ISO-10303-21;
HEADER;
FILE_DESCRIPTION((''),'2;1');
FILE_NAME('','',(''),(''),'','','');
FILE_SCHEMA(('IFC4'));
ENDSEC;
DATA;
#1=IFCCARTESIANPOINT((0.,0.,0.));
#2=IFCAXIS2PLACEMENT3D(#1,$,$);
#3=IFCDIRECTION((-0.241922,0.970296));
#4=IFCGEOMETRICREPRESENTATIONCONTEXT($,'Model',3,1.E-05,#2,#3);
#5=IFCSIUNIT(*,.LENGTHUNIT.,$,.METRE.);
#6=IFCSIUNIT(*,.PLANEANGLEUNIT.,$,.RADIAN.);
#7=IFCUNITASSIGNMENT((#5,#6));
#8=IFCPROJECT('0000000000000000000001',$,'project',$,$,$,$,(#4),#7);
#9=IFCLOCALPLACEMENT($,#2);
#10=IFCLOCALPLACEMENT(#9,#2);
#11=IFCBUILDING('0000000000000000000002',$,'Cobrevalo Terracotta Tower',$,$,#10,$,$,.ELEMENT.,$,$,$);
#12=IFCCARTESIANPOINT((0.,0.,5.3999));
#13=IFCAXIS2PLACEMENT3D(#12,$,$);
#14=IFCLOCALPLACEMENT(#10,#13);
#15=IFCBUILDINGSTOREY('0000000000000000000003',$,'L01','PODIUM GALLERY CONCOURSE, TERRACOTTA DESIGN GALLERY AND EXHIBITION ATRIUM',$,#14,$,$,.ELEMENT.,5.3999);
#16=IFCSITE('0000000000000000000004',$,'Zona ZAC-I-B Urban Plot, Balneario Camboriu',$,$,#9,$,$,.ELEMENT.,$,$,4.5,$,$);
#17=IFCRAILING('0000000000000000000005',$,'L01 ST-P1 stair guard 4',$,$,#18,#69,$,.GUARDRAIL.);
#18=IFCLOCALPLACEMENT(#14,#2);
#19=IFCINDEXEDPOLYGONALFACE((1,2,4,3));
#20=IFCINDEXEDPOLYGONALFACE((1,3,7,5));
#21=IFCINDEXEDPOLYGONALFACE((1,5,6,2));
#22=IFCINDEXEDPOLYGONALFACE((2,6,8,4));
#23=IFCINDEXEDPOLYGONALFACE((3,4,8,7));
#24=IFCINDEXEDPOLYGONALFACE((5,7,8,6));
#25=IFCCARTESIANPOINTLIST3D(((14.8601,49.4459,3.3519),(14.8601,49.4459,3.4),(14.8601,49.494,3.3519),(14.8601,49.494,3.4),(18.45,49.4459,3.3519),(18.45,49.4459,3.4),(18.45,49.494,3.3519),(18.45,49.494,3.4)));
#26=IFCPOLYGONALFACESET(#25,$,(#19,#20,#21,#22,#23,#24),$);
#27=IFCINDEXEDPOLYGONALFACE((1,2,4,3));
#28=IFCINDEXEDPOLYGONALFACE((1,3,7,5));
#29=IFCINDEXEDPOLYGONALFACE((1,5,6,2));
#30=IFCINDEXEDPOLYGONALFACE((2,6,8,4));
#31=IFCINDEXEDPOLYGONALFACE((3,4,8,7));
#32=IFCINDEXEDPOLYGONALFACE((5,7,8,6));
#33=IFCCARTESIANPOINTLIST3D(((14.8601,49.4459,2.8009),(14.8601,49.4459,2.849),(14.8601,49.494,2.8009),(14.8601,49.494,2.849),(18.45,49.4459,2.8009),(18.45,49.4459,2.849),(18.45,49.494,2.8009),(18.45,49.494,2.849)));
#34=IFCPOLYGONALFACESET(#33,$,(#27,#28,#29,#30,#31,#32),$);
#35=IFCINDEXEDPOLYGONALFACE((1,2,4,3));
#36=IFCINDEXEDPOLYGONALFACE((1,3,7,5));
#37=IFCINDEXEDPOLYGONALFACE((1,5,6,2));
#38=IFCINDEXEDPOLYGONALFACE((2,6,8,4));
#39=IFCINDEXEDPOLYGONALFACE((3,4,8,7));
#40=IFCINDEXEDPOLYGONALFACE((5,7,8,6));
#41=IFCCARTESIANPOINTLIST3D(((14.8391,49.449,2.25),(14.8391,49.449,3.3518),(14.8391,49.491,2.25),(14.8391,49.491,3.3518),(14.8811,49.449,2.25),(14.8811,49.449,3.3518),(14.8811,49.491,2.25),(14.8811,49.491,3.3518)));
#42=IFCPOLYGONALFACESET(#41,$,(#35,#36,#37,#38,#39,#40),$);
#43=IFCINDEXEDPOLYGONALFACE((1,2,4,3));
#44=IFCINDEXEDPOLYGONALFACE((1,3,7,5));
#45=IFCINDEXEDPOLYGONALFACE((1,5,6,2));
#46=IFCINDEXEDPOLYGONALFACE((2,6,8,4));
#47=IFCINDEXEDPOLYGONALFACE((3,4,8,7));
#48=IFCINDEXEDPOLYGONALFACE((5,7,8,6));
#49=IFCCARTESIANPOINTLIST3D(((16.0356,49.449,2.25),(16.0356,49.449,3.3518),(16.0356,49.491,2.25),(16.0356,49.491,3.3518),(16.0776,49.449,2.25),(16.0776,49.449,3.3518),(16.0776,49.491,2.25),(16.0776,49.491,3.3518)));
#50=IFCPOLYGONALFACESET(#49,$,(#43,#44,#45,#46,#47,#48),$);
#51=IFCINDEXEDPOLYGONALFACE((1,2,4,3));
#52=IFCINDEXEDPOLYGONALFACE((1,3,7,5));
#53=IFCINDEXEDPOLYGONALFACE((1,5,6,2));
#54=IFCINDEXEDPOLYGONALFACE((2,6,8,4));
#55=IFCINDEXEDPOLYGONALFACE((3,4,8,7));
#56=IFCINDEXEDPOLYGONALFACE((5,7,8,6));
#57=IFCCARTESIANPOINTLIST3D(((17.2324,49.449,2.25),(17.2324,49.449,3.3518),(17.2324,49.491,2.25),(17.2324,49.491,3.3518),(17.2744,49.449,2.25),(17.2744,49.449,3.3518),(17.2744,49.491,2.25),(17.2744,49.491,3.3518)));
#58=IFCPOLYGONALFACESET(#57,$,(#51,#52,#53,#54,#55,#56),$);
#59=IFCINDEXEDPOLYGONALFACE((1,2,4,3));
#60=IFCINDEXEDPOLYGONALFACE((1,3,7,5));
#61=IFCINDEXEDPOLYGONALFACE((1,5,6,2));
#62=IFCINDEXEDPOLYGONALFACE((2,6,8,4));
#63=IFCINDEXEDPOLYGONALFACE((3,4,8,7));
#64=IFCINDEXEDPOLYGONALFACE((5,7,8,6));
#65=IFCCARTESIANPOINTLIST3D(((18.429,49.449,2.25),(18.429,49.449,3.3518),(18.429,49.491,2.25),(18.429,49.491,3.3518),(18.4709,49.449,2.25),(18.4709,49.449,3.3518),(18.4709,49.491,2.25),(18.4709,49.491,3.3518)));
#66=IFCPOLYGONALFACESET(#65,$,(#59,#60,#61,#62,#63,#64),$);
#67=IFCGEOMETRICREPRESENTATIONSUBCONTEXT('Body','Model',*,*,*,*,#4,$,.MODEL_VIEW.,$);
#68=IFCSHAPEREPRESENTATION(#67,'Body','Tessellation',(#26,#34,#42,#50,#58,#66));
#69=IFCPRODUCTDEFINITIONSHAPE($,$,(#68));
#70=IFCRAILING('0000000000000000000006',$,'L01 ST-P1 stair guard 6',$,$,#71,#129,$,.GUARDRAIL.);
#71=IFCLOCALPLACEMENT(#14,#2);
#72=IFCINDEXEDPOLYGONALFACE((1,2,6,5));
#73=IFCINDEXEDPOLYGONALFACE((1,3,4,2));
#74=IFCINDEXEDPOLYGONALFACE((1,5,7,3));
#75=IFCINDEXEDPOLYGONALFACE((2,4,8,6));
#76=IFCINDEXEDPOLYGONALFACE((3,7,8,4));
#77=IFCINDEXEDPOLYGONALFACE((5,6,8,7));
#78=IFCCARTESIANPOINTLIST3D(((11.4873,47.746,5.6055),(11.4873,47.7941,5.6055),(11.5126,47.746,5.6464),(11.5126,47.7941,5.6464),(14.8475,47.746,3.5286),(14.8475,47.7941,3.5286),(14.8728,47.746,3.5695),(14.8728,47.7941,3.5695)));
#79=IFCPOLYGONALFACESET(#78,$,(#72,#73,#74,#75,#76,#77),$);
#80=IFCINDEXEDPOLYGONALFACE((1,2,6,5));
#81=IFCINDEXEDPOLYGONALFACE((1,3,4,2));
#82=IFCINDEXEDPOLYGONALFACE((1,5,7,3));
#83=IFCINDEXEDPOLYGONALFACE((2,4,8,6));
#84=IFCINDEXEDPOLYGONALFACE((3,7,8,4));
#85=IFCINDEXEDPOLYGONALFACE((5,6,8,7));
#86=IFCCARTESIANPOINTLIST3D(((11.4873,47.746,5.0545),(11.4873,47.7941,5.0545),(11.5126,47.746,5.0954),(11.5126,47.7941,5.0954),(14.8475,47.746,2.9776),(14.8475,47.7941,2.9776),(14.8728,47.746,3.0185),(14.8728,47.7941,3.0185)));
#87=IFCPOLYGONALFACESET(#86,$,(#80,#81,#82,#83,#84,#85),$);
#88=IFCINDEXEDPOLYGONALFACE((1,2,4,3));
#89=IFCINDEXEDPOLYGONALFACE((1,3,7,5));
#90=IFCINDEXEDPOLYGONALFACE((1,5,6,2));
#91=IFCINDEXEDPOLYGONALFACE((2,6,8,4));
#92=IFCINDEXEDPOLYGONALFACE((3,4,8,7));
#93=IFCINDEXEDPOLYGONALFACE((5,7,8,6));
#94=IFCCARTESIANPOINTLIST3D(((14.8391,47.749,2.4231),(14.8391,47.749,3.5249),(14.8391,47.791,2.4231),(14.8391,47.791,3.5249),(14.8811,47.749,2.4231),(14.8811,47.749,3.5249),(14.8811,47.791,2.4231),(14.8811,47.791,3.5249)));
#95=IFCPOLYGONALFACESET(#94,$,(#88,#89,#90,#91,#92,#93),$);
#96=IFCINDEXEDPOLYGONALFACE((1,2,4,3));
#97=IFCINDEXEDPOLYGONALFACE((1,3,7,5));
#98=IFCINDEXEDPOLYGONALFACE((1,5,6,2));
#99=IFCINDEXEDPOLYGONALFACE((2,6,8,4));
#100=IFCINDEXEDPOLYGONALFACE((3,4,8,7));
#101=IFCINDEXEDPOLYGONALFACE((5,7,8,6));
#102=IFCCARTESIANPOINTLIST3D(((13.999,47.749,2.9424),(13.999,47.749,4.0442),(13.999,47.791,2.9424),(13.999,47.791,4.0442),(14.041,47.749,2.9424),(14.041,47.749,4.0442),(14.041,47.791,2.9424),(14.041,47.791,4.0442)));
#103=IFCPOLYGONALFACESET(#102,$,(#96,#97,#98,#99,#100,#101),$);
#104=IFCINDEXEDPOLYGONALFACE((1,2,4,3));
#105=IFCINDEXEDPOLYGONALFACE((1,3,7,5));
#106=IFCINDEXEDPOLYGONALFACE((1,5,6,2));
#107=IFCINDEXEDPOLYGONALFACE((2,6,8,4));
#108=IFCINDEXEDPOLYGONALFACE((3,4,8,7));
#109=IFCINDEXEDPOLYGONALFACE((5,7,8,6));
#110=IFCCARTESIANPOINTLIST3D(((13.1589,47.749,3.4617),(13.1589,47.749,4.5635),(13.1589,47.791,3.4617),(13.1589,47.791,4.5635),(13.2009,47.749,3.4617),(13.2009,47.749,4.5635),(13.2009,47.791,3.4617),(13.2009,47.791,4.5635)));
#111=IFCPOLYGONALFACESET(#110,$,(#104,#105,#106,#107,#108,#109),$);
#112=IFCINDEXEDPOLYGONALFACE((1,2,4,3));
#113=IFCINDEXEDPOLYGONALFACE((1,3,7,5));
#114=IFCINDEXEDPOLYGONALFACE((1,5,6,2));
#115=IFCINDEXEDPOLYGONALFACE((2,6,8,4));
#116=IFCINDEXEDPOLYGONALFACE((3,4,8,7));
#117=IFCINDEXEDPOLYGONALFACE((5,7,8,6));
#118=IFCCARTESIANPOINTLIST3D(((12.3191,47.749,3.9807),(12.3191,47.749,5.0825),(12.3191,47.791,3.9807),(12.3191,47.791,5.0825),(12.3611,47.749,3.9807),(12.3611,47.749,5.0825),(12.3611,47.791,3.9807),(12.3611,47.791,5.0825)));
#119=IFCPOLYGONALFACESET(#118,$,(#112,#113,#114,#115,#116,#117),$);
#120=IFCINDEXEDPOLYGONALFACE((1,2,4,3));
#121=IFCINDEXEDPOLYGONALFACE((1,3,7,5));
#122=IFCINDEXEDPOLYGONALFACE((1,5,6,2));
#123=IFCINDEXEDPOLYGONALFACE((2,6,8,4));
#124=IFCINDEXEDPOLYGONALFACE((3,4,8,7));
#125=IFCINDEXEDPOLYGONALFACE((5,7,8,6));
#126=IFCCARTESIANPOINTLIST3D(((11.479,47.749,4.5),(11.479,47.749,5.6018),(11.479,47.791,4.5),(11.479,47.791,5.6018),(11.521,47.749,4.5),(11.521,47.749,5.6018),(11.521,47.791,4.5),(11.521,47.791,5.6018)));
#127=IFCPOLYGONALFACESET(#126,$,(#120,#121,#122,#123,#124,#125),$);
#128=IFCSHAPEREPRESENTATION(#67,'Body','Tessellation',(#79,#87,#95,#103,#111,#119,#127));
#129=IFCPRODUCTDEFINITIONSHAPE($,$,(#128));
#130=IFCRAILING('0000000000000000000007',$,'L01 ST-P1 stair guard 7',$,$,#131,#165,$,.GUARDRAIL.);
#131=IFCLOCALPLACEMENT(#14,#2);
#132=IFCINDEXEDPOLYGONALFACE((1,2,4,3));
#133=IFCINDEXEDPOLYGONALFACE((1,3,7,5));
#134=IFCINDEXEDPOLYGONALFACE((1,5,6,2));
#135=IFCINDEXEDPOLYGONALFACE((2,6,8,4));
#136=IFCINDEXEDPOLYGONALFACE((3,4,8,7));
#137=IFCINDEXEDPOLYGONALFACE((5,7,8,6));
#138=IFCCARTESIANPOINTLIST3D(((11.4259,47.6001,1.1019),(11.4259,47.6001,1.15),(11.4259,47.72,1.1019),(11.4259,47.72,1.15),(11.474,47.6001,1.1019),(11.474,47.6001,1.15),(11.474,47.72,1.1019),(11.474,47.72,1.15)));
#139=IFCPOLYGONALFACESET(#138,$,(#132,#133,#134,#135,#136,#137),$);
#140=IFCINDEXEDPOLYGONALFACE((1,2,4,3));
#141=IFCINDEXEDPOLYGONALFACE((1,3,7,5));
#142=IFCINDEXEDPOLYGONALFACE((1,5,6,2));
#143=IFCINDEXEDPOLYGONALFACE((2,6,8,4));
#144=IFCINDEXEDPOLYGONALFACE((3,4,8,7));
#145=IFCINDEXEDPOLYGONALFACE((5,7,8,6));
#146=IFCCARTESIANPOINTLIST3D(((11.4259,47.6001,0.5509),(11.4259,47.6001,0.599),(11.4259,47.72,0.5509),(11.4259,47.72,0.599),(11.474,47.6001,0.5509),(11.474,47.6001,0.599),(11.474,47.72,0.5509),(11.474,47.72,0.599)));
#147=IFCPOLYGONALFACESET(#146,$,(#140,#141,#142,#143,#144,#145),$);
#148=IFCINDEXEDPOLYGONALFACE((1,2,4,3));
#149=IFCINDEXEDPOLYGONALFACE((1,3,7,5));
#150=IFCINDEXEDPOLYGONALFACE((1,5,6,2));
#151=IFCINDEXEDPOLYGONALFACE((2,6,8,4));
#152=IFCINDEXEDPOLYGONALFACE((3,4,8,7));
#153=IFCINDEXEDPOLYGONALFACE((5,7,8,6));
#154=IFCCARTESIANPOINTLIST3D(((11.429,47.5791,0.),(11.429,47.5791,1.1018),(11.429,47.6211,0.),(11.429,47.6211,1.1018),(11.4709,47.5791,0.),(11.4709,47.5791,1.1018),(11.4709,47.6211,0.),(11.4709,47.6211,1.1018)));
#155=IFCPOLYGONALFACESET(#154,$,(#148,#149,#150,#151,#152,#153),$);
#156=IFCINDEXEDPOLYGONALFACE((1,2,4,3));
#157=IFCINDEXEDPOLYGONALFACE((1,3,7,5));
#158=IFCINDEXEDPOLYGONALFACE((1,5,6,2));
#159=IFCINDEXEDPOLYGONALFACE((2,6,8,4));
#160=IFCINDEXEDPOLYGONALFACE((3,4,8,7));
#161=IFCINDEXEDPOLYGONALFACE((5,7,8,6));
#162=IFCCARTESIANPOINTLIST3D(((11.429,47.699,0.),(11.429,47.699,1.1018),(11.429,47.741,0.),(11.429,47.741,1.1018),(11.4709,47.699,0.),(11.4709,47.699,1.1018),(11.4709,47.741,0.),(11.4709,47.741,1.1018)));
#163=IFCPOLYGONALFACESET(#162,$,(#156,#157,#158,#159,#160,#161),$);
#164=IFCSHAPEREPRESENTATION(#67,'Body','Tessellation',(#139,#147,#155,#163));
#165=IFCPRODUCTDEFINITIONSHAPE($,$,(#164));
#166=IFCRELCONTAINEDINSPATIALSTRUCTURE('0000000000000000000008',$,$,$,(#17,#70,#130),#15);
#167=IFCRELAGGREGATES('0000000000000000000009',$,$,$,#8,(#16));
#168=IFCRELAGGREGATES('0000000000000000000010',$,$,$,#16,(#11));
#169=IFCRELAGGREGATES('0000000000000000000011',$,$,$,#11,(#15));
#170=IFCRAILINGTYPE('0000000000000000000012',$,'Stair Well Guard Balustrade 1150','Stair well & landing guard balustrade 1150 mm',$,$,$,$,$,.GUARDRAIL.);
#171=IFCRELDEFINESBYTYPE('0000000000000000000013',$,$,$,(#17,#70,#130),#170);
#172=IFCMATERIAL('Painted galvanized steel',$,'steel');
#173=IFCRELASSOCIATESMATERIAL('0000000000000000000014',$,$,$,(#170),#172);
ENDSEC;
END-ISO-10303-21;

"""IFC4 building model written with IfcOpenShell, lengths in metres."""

from ifc_helpers import new_model, si_unit, direction, frame, origin, origin_2d, place, context, subcontext, project, spatial, rectangle, extrude, material, type_object, element, save


model = new_model("IFC4")

# Units and contexts
model_context = context("Model", 3, precision=1e-05, world=origin(), true_north=direction((-0.241922, 0.970296)))
body_context = subcontext(model_context, "Body", "Model", "MODEL_VIEW")
ifc_project = project(units=[si_unit("LENGTHUNIT", "METRE"), si_unit("PLANEANGLEUNIT", "RADIAN")], contexts=[model_context])

# Site, building, storey
site_placement = place(None, origin())
site = spatial("IfcSite", under=ifc_project, at=site_placement, Name="Zona ZAC-I-B Urban Plot, Balneario Camboriu", CompositionType="ELEMENT", RefElevation=4.5)
building_placement = place(site_placement, origin())
building = spatial("IfcBuilding", under=site, at=building_placement, Name="Cobrevalo Terracotta Tower", CompositionType="ELEMENT")
storey_placement = place(building_placement, frame((0.0, 0.0, 5.3999)))
storey = spatial("IfcBuildingStorey", under=building, at=storey_placement, Name="L01", Description="PODIUM GALLERY CONCOURSE, TERRACOTTA DESIGN GALLERY AND EXHIBITION ATRIUM", CompositionType="ELEMENT", Elevation=5.3999)

# Railings
ifc_material_1 = material(Name="Painted galvanized steel", Category="steel")
railing_type_1 = type_object("IfcRailingType", Name="Stair Well Guard Balustrade 1150", Description="Stair well & landing guard balustrade 1150 mm", PredefinedType="GUARDRAIL", material=ifc_material_1)
railing_1_placement = place(storey_placement, frame((14.8601, 49.47, 2.25)))
element("IfcRailing", 1, at=railing_1_placement, inside=storey, type_object=railing_type_1, Name="L01 ST-P1 stair guard 4", PredefinedType="GUARDRAIL", context=body_context, shape_type="SweptSolid", body=[
    extrude(rectangle(XDim=0.0481, YDim=0.0481, at=origin_2d()), frame((0.0, 0.0, 1.126), z_axis=(1.0, 0.0, 0.0), x_axis=(0.0, 1.0, 0.0)), (0.0, 0.0, 1.0), 3.5898),
    extrude(rectangle(XDim=0.0481, YDim=0.0481, at=origin_2d()), frame((0.0, 0.0, 0.575), z_axis=(1.0, 0.0, 0.0), x_axis=(0.0, 1.0, 0.0)), (0.0, 0.0, 1.0), 3.5898),
    extrude(rectangle(XDim=0.042, YDim=0.042, at=origin_2d()), origin(), (0.0, 0.0, 1.0), 1.1018),
    extrude(rectangle(XDim=0.042, YDim=0.042, at=origin_2d()), frame((1.1965, 0.0, 0.0)), (0.0, 0.0, 1.0), 1.1018),
    extrude(rectangle(XDim=0.042, YDim=0.042, at=origin_2d()), frame((2.3933, 0.0, 0.0)), (0.0, 0.0, 1.0), 1.1018),
    extrude(rectangle(XDim=0.042, YDim=0.042, at=origin_2d()), frame((3.5898, 0.0, 0.0)), (0.0, 0.0, 1.0), 1.1018),
])
railing_2_placement = place(storey_placement, frame((14.8601, 47.77, 2.4231)))
element("IfcRailing", 2, at=railing_2_placement, inside=storey, type_object=railing_type_1, Name="L01 ST-P1 stair guard 6", PredefinedType="GUARDRAIL", context=body_context, shape_type="SweptSolid", body=[
    extrude(rectangle(XDim=0.0481, YDim=0.0481, at=origin_2d()), frame((0.0, 0.0, 1.126), z_axis=(-0.850623, 0.0, 0.525776), x_axis=(0.0, -1.0, 0.0)), (0.0, 0.0, 1.0), 3.9502),
    extrude(rectangle(XDim=0.0481, YDim=0.0481, at=origin_2d()), frame((0.0, 0.0, 0.575), z_axis=(-0.850623, 0.0, 0.525776), x_axis=(0.0, -1.0, 0.0)), (0.0, 0.0, 1.0), 3.9502),
    extrude(rectangle(XDim=0.042, YDim=0.042, at=origin_2d()), origin(), (0.0, 0.0, 1.0), 1.1018),
    extrude(rectangle(XDim=0.042, YDim=0.042, at=origin_2d()), frame((-0.8401, 0.0, 0.5193)), (0.0, 0.0, 1.0), 1.1018),
    extrude(rectangle(XDim=0.042, YDim=0.042, at=origin_2d()), frame((-1.6802, 0.0, 1.0386)), (0.0, 0.0, 1.0), 1.1018),
    extrude(rectangle(XDim=0.042, YDim=0.042, at=origin_2d()), frame((-2.52, 0.0, 1.5576)), (0.0, 0.0, 1.0), 1.1018),
    extrude(rectangle(XDim=0.042, YDim=0.042, at=origin_2d()), frame((-3.3601, 0.0, 2.0769)), (0.0, 0.0, 1.0), 1.1018),
])
railing_3_placement = place(storey_placement, frame((11.45, 47.6001, 0.0)))
element("IfcRailing", 3, at=railing_3_placement, inside=storey, type_object=railing_type_1, Name="L01 ST-P1 stair guard 7", PredefinedType="GUARDRAIL", context=body_context, shape_type="SweptSolid", body=[
    extrude(rectangle(XDim=0.0481, YDim=0.0481, at=origin_2d()), frame((0.0, 0.0, 1.126), z_axis=(0.0, 1.0, 0.0), x_axis=(-1.0, 0.0, 0.0)), (0.0, 0.0, 1.0), 0.1199),
    extrude(rectangle(XDim=0.0481, YDim=0.0481, at=origin_2d()), frame((0.0, 0.0, 0.575), z_axis=(0.0, 1.0, 0.0), x_axis=(-1.0, 0.0, 0.0)), (0.0, 0.0, 1.0), 0.1199),
    extrude(rectangle(XDim=0.042, YDim=0.042, at=origin_2d()), origin(), (0.0, 0.0, 1.0), 1.1018),
    extrude(rectangle(XDim=0.042, YDim=0.042, at=origin_2d()), frame((0.0, 0.1199, 0.0)), (0.0, 0.0, 1.0), 1.1018),
])

save(model, "model.ifc")
